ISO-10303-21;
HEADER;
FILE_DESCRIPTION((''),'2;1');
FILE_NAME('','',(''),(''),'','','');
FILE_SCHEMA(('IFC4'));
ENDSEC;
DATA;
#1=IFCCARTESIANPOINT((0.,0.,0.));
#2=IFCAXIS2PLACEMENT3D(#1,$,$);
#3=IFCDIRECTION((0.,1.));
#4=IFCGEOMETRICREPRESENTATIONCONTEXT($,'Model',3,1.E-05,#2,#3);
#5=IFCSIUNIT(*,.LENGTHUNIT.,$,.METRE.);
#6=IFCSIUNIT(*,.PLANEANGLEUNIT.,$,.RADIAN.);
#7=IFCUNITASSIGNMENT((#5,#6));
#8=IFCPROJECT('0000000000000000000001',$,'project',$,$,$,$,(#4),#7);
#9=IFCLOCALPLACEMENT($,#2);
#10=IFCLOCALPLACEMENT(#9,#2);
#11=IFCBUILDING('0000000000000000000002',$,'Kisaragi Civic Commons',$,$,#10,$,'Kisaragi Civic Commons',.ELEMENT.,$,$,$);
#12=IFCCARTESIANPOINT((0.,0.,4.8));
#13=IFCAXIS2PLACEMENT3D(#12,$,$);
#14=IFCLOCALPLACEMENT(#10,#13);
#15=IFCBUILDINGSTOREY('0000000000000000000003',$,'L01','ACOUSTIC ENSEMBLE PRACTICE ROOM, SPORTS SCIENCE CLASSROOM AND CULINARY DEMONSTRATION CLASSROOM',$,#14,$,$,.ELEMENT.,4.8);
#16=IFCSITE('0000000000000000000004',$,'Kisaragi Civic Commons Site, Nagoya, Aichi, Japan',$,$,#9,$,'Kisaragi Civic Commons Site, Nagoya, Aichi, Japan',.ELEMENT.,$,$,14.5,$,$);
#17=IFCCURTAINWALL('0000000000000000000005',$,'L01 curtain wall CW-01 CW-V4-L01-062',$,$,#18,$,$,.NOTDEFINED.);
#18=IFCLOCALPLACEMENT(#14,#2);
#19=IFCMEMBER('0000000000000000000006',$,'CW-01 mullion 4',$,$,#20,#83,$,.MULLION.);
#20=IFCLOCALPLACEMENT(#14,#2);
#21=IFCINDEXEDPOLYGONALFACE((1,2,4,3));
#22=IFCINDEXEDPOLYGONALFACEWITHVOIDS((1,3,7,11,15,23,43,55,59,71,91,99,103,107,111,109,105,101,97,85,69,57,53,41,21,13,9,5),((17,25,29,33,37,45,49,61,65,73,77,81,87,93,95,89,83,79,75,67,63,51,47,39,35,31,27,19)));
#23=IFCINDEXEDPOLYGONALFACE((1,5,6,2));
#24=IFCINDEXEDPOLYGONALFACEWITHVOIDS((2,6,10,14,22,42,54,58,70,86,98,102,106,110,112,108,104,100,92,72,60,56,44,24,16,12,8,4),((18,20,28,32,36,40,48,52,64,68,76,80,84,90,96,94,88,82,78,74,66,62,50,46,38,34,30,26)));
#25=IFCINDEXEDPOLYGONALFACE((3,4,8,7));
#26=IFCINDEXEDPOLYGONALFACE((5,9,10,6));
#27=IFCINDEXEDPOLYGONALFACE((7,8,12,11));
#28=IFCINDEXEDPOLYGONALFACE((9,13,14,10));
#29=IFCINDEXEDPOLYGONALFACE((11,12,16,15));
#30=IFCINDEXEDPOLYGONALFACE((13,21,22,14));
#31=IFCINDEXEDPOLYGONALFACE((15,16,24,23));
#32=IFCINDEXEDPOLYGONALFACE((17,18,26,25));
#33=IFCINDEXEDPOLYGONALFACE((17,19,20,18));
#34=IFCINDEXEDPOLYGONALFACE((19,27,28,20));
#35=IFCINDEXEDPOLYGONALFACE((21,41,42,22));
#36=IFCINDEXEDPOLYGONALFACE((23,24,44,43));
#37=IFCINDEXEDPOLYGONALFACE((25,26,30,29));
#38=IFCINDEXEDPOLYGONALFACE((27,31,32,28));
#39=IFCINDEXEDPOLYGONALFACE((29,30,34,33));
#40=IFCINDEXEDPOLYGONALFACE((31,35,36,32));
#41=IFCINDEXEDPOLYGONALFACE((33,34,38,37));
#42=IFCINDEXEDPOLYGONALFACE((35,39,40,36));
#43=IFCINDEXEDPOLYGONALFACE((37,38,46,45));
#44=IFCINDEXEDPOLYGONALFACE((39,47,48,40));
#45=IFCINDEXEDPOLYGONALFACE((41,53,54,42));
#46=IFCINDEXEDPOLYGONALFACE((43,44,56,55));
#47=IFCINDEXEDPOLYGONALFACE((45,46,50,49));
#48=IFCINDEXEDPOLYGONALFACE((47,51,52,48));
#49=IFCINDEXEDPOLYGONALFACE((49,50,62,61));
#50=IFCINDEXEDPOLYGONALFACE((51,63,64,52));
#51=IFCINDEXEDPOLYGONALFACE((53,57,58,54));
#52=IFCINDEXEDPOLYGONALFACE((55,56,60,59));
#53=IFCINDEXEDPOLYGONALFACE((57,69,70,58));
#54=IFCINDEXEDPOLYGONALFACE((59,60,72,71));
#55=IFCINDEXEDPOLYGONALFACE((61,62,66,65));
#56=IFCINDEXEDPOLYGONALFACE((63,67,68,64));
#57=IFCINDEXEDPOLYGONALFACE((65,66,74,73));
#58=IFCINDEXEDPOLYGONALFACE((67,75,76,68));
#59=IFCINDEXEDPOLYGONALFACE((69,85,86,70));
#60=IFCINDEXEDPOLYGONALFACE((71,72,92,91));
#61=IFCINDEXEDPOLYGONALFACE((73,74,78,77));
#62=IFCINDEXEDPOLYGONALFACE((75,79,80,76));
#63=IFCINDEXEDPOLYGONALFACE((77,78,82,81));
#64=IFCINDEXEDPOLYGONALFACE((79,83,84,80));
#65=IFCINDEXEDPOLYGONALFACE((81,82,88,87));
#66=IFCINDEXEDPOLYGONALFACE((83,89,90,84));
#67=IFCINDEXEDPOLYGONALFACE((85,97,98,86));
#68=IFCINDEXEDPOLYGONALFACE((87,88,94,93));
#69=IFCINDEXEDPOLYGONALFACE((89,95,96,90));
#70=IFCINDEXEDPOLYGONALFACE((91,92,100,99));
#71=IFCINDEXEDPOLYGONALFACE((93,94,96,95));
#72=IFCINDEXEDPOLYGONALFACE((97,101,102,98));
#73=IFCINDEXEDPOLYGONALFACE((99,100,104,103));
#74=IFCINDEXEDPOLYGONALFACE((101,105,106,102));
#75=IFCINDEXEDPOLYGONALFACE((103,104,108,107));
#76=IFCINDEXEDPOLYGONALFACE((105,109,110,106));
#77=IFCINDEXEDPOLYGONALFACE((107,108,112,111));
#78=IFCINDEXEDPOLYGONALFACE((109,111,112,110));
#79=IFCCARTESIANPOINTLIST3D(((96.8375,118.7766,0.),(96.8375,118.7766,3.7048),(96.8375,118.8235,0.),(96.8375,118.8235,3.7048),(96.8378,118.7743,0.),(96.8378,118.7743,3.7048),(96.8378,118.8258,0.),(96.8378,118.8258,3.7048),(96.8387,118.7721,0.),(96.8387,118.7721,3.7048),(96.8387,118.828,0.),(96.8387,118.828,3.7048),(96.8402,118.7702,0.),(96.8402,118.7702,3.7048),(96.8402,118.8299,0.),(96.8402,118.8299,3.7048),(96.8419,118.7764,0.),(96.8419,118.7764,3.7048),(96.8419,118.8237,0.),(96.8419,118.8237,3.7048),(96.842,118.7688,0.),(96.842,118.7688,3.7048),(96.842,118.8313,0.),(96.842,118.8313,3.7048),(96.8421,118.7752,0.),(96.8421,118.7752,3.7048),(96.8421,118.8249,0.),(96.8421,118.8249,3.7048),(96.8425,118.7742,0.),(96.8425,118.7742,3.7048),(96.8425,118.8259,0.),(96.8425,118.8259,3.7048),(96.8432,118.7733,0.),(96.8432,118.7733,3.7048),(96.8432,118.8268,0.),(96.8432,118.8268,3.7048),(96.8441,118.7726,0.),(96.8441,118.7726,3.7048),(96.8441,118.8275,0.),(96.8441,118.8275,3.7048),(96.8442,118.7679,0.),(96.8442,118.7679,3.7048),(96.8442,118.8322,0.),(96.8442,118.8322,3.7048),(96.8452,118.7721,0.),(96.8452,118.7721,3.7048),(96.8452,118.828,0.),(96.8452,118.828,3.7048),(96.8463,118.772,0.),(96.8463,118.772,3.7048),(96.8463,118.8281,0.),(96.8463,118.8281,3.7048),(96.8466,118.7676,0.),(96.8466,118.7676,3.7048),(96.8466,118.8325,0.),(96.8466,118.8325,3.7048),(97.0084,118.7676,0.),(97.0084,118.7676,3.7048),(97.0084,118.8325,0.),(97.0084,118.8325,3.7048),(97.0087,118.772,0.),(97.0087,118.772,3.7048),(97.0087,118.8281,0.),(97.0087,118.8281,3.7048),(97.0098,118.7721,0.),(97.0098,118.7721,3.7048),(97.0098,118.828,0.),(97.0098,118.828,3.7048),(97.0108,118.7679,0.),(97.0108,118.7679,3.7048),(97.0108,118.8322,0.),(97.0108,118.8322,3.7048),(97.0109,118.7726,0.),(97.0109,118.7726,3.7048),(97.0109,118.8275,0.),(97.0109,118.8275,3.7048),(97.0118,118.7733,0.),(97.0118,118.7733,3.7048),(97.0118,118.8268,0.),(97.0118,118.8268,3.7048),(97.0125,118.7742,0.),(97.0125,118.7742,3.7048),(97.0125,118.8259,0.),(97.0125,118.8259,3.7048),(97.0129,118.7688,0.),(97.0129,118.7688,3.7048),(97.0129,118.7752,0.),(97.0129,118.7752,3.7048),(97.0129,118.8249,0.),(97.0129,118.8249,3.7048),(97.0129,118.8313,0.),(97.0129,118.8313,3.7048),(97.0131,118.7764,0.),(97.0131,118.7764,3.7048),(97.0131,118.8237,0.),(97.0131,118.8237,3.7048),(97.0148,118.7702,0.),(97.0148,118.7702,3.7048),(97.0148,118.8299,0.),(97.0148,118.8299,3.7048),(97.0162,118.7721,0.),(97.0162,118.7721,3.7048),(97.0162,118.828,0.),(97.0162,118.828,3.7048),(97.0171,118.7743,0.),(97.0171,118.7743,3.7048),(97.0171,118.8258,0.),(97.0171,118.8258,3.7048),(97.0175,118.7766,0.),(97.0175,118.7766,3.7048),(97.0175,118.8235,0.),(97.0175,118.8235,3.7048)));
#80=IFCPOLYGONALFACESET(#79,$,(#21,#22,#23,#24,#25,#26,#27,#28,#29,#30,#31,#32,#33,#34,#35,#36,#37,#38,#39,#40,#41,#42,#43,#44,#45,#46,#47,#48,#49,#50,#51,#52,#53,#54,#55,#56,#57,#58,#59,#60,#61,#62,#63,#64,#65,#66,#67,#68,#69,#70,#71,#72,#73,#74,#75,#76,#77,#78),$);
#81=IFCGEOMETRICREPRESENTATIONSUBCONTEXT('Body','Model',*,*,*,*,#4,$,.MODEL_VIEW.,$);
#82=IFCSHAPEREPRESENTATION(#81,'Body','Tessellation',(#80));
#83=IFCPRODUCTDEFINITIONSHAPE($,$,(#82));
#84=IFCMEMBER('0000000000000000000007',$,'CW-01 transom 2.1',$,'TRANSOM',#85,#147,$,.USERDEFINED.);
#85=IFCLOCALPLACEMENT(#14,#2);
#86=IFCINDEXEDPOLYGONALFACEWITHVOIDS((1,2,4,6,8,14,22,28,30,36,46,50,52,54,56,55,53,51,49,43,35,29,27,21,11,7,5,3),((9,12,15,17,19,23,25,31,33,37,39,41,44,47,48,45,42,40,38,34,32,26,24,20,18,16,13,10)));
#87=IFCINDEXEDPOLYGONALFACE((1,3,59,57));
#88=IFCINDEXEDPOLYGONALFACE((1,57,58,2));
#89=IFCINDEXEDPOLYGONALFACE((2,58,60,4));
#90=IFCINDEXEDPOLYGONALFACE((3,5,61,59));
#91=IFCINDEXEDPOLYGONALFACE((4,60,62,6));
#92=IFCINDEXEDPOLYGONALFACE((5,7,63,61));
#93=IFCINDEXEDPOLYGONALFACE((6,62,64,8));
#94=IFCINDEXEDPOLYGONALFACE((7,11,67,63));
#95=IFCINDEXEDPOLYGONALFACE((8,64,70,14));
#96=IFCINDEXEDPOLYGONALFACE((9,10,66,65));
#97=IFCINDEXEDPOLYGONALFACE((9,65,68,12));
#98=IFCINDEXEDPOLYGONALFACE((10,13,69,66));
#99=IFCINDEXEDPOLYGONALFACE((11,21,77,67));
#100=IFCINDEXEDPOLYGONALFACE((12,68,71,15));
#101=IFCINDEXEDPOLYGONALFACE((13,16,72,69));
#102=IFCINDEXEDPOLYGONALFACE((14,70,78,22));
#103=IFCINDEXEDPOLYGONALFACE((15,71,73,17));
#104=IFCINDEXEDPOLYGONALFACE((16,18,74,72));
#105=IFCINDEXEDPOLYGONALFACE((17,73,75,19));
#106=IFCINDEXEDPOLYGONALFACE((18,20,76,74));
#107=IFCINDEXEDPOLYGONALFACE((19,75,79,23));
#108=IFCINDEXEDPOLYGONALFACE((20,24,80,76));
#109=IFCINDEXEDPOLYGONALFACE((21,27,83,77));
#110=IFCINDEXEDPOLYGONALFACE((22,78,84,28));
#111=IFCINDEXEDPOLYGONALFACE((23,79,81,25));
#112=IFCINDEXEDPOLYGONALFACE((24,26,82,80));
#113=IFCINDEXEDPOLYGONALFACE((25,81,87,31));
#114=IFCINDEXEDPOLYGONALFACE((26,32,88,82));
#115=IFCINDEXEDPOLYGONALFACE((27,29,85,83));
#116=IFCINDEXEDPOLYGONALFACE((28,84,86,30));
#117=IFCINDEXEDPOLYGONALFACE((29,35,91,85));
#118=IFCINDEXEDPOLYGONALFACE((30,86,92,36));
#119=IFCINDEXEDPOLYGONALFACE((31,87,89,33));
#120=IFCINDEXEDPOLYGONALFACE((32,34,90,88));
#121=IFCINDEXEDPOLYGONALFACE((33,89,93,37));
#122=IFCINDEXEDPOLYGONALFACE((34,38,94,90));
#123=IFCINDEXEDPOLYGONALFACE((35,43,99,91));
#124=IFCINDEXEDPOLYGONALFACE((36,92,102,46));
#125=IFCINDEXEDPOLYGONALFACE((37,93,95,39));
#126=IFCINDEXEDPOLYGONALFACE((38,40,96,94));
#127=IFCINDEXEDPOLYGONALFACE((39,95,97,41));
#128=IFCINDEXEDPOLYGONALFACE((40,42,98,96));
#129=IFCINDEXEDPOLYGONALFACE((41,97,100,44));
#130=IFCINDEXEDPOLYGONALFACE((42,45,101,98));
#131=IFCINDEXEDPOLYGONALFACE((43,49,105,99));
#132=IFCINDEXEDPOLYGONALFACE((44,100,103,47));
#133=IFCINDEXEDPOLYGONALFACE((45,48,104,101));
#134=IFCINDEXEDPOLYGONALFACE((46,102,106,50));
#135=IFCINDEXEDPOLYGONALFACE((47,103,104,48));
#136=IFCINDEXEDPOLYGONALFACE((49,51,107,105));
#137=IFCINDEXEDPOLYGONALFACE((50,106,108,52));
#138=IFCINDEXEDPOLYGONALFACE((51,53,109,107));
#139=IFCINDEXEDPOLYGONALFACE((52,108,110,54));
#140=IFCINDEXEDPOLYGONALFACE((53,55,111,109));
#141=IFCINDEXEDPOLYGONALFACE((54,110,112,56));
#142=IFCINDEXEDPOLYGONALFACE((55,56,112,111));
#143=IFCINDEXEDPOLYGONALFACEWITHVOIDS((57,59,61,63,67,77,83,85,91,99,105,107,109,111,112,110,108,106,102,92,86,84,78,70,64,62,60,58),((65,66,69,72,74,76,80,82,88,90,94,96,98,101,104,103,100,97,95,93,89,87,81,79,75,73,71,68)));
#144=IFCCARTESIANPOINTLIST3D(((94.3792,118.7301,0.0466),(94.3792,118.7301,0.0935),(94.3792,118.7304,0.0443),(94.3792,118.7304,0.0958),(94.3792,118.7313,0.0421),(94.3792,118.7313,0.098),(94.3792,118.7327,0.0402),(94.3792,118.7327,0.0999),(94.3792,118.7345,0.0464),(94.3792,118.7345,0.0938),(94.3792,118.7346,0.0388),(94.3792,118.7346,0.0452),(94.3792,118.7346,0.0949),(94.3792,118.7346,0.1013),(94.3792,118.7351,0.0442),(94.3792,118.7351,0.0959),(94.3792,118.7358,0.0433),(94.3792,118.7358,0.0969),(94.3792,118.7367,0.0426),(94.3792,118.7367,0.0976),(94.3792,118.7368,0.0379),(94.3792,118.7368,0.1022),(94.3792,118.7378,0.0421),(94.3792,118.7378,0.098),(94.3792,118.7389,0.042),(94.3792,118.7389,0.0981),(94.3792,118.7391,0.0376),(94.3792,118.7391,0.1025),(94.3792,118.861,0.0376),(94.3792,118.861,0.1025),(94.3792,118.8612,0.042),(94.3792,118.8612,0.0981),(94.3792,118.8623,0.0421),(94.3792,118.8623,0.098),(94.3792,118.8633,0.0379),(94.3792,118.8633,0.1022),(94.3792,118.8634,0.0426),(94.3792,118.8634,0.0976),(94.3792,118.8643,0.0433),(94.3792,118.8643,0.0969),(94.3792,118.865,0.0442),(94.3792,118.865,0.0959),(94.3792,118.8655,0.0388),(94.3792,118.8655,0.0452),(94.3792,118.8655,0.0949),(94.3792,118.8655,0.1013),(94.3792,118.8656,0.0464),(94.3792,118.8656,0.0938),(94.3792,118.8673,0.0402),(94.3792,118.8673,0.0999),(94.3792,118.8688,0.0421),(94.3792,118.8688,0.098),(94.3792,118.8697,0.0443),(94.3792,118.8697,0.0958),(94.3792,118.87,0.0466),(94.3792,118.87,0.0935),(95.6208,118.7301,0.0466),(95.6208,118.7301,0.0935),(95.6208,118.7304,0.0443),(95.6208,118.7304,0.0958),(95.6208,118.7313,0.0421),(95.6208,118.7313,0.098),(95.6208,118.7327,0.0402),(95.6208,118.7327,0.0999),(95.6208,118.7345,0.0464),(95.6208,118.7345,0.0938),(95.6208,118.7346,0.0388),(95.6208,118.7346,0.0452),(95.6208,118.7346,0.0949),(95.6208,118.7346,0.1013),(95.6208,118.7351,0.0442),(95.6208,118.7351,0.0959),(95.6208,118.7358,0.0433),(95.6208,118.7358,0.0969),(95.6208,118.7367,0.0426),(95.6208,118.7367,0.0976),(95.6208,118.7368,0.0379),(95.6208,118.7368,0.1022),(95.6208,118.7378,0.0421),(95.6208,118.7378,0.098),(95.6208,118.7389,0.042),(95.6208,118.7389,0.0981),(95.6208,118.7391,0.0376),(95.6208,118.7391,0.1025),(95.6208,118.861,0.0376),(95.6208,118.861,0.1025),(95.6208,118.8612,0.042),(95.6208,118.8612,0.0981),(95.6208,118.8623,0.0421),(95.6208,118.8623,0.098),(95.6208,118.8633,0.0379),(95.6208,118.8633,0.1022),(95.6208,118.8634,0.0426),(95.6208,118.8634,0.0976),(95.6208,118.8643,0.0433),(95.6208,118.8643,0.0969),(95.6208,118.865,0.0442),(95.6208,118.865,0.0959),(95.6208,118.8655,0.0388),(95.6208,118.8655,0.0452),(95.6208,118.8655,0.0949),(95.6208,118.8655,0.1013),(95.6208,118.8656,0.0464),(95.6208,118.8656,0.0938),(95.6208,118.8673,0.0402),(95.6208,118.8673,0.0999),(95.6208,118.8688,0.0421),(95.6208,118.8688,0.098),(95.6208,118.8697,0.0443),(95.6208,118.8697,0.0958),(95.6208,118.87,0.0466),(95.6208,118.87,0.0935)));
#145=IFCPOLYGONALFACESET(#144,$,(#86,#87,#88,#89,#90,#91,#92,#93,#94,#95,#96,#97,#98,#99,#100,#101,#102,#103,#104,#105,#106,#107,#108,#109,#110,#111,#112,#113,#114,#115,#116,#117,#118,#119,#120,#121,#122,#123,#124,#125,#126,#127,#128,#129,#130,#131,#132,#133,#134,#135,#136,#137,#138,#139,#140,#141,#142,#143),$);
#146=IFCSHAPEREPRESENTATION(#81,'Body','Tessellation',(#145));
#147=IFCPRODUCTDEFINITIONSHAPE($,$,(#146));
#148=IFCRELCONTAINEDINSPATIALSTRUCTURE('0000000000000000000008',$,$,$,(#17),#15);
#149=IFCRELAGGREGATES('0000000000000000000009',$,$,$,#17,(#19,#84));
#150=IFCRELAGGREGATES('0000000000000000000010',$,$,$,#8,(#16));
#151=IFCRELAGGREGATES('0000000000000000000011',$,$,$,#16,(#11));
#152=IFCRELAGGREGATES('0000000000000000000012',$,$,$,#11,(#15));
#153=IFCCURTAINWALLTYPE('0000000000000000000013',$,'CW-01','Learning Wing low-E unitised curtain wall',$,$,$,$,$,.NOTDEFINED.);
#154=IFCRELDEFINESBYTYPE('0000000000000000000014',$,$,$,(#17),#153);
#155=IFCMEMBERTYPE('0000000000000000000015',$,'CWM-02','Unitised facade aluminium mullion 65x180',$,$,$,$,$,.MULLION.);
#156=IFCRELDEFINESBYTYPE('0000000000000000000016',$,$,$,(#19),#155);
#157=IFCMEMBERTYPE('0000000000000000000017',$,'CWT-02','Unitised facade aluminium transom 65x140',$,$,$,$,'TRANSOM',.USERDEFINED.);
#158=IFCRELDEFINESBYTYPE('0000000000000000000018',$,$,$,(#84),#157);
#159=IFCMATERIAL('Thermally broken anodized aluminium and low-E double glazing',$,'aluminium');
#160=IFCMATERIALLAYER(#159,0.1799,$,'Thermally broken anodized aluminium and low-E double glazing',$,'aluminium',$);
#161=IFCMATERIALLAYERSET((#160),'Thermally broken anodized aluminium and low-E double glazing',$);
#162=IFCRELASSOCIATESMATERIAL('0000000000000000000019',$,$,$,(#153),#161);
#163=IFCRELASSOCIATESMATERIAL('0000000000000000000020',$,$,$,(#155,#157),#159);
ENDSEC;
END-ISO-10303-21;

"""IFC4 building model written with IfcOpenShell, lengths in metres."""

from ifc_helpers import new_model, si_unit, direction, frame, origin, origin_2d, place, context, subcontext, project, spatial, hollow_rectangle, extrude, material, layer, layer_set, material_profile, profile_set, type_object, element, aggregate, save


model = new_model("IFC4")

# Units and contexts
model_context = context("Model", 3, precision=1e-05, world=origin(), true_north=direction((0.0, 1.0)))
body_context = subcontext(model_context, "Body", "Model", "MODEL_VIEW")
ifc_project = project(units=[si_unit("LENGTHUNIT", "METRE"), si_unit("PLANEANGLEUNIT", "RADIAN")], contexts=[model_context])

# Site, building, storey
site_placement = place(None, origin())
site = spatial("IfcSite", under=ifc_project, at=site_placement, Name="Kisaragi Civic Commons Site, Nagoya, Aichi, Japan", LongName="Kisaragi Civic Commons Site, Nagoya, Aichi, Japan", CompositionType="ELEMENT", RefElevation=14.5)
building_placement = place(site_placement, origin())
building = spatial("IfcBuilding", under=site, at=building_placement, Name="Kisaragi Civic Commons", LongName="Kisaragi Civic Commons", CompositionType="ELEMENT")
storey_placement = place(building_placement, frame((0.0, 0.0, 4.8)))
storey = spatial("IfcBuildingStorey", under=building, at=storey_placement, Name="L01", Description="ACOUSTIC ENSEMBLE PRACTICE ROOM, SPORTS SCIENCE CLASSROOM AND CULINARY DEMONSTRATION CLASSROOM", CompositionType="ELEMENT", Elevation=4.8)

# Curtain wall, members
ifc_material_1 = material(Name="Thermally broken anodized aluminium and low-E double glazing", Category="aluminium")
ifc_layer_1 = layer(ifc_material_1, 0.1799, Name="Thermally broken anodized aluminium and low-E double glazing", Category="aluminium")
ifc_layer_set_1 = layer_set([ifc_layer_1], Name="Thermally broken anodized aluminium and low-E double glazing")
curtain_wall_type = type_object("IfcCurtainWallType", Name="CW-01", Description="Learning Wing low-E unitised curtain wall", PredefinedType="NOTDEFINED", material=ifc_layer_set_1)
curtain_wall_placement = place(storey_placement, origin())
curtain_wall = element("IfcCurtainWall", 1, at=curtain_wall_placement, inside=storey, type_object=curtain_wall_type, Name="L01 curtain wall CW-01 CW-V4-L01-062", PredefinedType="NOTDEFINED")
ifc_material_profile_1 = material_profile(ifc_material_1, hollow_rectangle(XDim=0.0649, YDim=0.1799, WallThickness=0.0044, InnerFilletRadius=0.0044, OuterFilletRadius=0.009, at=origin_2d()), Name="CWM-65x180x4.5", Category="aluminium")
ifc_profile_set_1 = profile_set([ifc_material_profile_1], Name="Thermally broken anodized aluminium and low-E double glazing")
member_type_1 = type_object("IfcMemberType", Name="CWM-02", Description="Unitised facade aluminium mullion 65x180", PredefinedType="MULLION", material=ifc_profile_set_1)
member_1_placement = place(storey_placement, frame((96.9275, 118.8, 0.0), z_axis=(0.0, 0.0, 1.0), x_axis=(0.0, 1.0, 0.0)))
member_1 = element("IfcMember", 2, at=member_1_placement, type_object=member_type_1, Name="CW-01 mullion 4", PredefinedType="MULLION", context=body_context, shape_type="SweptSolid", body=[
    extrude(hollow_rectangle(XDim=0.0649, YDim=0.1799, WallThickness=0.0044, InnerFilletRadius=0.0044, OuterFilletRadius=0.009, at=origin_2d()), origin(), (0.0, 0.0, 1.0), 3.7048),
])
ifc_material_profile_2 = material_profile(ifc_material_1, hollow_rectangle(XDim=0.1399, YDim=0.0649, WallThickness=0.0044, InnerFilletRadius=0.0044, OuterFilletRadius=0.009, at=origin_2d()), Name="CWT-65x140x4.5", Category="aluminium")
ifc_profile_set_2 = profile_set([ifc_material_profile_2], Name="Thermally broken anodized aluminium and low-E double glazing")
member_type_2 = type_object("IfcMemberType", Name="CWT-02", Description="Unitised facade aluminium transom 65x140", ElementType="TRANSOM", PredefinedType="USERDEFINED", material=ifc_profile_set_2)
member_2_placement = place(storey_placement, frame((94.3792, 118.8, 0.0701), z_axis=(1.0, 0.0, 0.0), x_axis=(0.0, 1.0, 0.0)))
member_2 = element("IfcMember", 3, at=member_2_placement, type_object=member_type_2, Name="CW-01 transom 2.1", ObjectType="TRANSOM", PredefinedType="USERDEFINED", context=body_context, shape_type="SweptSolid", body=[
    extrude(hollow_rectangle(XDim=0.1399, YDim=0.0649, WallThickness=0.0044, InnerFilletRadius=0.0044, OuterFilletRadius=0.009, at=origin_2d()), origin(), (0.0, 0.0, 1.0), 1.2417),
])
aggregate(curtain_wall, [member_1, member_2])

save(model, "model.ifc")
